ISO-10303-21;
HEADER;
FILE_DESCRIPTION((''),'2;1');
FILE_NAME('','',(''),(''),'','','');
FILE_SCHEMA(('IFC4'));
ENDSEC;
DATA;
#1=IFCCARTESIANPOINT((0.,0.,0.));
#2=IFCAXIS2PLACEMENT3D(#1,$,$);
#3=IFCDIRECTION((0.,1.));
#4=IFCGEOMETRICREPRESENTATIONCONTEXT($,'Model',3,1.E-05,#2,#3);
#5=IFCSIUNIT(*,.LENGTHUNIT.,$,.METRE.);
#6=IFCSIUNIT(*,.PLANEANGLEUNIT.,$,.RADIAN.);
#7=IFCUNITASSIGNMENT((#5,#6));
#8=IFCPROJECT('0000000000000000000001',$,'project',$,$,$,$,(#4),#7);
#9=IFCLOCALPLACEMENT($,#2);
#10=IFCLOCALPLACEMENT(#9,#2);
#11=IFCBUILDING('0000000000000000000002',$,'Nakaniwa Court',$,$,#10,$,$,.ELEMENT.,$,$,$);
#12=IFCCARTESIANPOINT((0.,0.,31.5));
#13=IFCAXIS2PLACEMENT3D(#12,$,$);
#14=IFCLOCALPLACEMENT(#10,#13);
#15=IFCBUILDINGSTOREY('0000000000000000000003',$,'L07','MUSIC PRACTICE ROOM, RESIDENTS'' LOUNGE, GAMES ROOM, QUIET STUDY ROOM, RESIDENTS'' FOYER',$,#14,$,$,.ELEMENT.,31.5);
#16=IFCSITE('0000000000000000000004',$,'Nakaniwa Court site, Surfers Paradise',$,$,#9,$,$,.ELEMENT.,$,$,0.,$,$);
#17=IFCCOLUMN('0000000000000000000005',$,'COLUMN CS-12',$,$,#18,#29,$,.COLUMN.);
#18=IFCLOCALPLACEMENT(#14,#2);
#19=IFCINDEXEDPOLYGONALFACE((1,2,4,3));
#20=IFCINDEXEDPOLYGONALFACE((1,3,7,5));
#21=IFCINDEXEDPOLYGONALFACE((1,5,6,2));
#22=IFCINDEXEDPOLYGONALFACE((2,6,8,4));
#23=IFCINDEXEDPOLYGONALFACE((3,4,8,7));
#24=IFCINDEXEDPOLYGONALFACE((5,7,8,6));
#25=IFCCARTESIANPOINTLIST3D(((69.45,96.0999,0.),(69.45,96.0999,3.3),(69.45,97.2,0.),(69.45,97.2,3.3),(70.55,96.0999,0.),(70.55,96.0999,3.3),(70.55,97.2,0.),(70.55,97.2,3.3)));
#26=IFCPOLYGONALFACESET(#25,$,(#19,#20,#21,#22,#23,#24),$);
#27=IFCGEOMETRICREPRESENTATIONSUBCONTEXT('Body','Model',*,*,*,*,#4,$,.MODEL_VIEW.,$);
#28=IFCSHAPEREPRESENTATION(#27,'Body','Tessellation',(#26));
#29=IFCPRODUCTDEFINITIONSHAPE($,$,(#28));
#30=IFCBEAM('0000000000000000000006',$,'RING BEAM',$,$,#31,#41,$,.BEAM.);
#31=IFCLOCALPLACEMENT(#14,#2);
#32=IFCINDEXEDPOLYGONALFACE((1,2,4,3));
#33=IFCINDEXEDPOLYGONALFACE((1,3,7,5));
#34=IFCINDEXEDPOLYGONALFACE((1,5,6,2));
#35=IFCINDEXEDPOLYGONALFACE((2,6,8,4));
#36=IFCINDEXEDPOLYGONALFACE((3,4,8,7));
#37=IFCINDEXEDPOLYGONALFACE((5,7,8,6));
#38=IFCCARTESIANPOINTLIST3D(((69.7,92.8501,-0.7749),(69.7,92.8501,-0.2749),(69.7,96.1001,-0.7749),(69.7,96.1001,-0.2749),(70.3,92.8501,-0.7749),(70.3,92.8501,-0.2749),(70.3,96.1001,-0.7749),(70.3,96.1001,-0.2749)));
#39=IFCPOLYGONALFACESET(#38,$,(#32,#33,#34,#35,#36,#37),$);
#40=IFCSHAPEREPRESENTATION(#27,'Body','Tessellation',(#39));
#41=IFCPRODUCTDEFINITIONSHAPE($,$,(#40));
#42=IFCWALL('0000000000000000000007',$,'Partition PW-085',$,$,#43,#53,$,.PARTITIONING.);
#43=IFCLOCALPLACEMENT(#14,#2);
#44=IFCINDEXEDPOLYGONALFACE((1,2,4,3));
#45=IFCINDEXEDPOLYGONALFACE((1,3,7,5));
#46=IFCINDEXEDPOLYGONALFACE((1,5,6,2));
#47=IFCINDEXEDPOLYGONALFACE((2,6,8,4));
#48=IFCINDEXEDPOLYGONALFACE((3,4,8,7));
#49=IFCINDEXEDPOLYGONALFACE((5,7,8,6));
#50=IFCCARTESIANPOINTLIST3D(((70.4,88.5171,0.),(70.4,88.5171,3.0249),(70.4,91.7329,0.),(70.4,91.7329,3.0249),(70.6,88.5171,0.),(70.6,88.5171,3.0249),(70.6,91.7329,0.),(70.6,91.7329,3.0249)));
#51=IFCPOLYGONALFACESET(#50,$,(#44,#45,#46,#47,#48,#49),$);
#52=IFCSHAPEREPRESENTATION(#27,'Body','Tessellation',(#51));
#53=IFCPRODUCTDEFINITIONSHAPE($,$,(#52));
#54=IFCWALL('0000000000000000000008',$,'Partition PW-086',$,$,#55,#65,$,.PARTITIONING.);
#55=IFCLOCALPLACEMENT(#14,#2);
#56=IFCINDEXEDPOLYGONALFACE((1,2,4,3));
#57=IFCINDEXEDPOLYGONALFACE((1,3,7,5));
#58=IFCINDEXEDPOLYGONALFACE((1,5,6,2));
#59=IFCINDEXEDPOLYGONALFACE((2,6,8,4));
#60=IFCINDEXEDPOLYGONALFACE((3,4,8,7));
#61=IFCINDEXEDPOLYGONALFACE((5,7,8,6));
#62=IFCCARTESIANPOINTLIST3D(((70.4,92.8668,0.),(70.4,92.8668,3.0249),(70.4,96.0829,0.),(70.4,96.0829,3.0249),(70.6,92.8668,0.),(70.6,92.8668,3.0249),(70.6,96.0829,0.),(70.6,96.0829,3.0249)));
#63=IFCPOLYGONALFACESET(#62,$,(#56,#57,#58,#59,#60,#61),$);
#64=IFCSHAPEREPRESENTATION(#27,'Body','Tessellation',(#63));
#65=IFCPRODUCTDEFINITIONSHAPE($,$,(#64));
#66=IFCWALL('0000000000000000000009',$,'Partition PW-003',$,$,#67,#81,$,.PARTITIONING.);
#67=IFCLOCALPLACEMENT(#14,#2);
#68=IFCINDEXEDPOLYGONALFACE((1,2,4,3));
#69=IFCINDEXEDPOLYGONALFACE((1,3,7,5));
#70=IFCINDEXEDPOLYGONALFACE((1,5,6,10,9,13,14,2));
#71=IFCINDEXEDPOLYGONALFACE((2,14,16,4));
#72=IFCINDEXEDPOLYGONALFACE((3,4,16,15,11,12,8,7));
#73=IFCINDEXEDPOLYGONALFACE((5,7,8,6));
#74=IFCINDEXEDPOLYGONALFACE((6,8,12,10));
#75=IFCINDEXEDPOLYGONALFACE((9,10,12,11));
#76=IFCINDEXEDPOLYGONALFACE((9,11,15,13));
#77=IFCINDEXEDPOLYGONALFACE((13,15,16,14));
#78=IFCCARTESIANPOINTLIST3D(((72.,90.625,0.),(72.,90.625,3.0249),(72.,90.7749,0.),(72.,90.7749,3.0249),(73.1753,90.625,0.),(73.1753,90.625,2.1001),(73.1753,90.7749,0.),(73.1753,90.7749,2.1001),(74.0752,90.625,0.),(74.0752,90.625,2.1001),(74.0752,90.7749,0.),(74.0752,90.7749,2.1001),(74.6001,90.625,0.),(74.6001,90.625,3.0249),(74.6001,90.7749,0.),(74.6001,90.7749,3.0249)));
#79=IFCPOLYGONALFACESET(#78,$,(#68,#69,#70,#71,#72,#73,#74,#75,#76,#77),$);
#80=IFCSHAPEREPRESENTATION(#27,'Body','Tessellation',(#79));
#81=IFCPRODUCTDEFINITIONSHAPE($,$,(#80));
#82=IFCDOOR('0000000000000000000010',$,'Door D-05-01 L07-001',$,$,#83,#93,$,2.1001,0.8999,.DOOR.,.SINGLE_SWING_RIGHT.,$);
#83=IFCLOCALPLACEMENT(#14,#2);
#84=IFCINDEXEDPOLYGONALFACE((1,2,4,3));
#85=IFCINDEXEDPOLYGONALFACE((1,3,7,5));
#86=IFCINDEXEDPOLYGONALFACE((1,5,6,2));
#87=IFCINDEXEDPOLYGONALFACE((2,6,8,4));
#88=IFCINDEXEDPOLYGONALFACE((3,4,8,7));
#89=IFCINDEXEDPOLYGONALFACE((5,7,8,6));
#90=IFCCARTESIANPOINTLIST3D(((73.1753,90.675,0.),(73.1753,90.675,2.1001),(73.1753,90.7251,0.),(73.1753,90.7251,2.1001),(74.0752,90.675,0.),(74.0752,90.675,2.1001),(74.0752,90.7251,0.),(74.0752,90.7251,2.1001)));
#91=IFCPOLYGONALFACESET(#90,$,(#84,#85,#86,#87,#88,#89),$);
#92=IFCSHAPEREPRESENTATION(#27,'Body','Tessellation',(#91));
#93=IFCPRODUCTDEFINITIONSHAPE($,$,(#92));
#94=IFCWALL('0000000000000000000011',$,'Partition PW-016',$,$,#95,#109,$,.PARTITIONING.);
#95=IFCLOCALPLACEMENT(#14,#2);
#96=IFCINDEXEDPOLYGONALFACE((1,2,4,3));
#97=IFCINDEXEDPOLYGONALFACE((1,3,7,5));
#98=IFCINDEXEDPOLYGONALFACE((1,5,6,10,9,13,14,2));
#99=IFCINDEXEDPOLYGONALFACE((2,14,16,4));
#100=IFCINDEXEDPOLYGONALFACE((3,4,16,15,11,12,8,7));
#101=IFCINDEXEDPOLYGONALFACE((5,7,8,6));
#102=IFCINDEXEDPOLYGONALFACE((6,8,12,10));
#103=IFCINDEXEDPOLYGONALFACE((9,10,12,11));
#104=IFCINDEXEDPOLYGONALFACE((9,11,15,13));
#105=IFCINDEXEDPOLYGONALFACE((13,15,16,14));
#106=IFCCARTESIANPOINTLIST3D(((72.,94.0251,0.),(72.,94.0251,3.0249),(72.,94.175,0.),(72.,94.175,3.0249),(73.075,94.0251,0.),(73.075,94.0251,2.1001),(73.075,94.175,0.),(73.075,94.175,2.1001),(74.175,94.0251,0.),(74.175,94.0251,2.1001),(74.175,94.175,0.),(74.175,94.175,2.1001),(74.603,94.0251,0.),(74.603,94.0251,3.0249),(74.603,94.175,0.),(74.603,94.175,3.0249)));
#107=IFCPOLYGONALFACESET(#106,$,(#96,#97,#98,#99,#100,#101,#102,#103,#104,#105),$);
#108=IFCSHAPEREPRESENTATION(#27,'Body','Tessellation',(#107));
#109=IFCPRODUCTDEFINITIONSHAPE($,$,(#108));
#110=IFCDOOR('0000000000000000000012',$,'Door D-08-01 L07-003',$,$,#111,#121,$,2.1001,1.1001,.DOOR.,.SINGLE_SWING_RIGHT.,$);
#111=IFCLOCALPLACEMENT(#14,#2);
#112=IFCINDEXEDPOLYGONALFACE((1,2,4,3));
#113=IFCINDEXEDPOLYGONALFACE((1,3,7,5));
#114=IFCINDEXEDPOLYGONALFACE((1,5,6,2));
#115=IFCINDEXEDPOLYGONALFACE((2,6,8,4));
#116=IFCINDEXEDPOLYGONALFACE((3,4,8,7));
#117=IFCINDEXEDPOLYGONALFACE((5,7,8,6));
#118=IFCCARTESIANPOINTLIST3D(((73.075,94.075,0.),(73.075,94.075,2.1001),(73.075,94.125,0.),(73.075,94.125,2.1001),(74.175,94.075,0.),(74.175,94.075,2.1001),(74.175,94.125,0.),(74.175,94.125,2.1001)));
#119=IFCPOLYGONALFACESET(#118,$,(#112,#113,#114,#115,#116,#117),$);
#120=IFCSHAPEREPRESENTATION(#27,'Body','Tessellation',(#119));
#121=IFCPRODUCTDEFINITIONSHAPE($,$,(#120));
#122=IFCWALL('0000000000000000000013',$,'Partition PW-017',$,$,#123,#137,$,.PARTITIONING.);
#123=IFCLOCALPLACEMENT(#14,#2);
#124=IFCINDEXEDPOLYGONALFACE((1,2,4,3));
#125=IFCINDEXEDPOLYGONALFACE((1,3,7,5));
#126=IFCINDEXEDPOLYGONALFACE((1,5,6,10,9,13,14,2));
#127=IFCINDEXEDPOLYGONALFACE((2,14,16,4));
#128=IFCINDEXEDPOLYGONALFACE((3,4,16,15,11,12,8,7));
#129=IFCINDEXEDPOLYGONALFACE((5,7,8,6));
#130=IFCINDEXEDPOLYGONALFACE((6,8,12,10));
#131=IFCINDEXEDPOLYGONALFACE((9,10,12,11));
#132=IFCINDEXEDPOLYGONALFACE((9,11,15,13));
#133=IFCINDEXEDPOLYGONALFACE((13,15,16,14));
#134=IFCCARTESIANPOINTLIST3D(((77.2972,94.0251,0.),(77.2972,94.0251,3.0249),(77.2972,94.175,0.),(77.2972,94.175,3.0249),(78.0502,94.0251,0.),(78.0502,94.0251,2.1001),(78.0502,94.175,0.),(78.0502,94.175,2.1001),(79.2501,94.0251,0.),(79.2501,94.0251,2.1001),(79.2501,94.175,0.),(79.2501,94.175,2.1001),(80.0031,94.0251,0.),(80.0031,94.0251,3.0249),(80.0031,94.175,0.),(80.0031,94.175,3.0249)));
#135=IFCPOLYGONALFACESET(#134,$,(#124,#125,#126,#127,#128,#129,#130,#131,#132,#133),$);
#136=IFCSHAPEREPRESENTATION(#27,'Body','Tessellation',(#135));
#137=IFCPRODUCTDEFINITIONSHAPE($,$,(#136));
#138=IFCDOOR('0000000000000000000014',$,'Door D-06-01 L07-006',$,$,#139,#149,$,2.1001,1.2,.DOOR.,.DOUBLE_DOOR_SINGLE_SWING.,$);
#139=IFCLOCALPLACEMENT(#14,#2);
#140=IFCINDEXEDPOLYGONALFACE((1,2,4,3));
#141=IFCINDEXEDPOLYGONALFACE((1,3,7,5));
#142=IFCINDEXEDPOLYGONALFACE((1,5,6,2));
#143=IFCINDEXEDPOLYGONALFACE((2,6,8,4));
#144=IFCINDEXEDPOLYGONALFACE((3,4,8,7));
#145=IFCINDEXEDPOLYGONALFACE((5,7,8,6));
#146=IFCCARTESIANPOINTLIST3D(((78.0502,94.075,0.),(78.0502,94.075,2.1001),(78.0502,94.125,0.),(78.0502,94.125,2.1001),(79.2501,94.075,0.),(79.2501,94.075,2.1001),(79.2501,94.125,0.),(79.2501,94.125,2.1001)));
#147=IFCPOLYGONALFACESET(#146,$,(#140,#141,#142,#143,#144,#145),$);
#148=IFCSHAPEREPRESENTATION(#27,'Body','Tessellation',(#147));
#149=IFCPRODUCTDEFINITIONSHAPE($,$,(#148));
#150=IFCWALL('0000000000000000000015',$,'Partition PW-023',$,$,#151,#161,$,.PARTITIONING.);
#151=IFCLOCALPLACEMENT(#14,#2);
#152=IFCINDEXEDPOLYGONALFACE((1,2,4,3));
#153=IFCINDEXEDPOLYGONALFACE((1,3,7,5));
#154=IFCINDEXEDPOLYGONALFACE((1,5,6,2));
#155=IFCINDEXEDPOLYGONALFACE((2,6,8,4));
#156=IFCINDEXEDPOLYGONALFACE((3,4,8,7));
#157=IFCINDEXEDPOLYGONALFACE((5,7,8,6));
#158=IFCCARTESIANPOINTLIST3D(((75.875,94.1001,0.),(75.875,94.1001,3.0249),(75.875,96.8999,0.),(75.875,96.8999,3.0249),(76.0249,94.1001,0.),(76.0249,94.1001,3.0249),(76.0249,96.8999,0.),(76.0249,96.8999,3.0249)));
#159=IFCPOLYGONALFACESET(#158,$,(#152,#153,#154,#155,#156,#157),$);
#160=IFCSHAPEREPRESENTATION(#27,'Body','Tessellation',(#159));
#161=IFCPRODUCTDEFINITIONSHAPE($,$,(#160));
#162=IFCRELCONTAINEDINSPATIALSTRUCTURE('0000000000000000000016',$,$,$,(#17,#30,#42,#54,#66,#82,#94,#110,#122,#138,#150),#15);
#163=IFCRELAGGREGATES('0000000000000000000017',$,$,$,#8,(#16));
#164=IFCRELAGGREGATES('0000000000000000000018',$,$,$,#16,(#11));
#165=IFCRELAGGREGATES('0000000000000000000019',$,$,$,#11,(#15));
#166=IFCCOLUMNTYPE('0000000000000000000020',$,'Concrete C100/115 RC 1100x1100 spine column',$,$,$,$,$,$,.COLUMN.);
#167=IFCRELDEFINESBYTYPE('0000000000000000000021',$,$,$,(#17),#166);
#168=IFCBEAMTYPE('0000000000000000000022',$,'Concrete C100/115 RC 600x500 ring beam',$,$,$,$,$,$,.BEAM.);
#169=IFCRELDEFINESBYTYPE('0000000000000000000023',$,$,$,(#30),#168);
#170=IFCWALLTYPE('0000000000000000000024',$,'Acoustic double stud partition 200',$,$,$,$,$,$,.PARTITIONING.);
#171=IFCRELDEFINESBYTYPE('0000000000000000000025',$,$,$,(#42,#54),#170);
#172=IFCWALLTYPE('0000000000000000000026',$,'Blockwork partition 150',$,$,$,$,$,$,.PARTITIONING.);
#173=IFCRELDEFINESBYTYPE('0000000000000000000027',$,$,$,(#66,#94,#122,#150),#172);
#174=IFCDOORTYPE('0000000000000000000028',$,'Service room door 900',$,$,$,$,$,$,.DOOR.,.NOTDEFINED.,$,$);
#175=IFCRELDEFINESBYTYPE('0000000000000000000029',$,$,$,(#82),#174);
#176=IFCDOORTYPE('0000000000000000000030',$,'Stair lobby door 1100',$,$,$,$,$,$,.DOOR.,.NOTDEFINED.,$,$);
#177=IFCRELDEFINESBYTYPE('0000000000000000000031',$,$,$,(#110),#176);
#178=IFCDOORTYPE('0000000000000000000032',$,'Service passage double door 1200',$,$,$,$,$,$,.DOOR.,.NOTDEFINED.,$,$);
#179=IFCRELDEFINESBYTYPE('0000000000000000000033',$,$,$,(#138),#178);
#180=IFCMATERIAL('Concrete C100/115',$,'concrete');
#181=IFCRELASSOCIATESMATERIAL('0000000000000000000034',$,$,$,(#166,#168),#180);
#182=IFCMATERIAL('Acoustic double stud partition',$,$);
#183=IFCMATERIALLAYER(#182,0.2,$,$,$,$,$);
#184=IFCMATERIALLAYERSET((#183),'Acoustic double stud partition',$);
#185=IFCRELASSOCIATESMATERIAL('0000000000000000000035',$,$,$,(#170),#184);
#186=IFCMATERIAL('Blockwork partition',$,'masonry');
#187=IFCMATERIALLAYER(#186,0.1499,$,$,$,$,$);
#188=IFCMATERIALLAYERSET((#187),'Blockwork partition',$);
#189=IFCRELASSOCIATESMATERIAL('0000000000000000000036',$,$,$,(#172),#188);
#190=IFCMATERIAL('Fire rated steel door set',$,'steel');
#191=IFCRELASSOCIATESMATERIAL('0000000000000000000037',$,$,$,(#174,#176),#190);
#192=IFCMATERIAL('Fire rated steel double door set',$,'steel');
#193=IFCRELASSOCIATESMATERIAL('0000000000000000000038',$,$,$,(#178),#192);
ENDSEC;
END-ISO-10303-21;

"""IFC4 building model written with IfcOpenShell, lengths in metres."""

from ifc_helpers import new_model, si_unit, direction, frame, frame_2d, origin, origin_2d, place, context, subcontext, project, spatial, rectangle, extrude, material, layer, layer_set, material_profile, profile_set, type_object, element, fill, save


model = new_model("IFC4")

# Units and contexts
model_context = context("Model", 3, precision=1e-05, world=origin(), true_north=direction((0.0, 1.0)))
body_context = subcontext(model_context, "Body", "Model", "MODEL_VIEW")
ifc_project = project(units=[si_unit("LENGTHUNIT", "METRE"), si_unit("PLANEANGLEUNIT", "RADIAN")], contexts=[model_context])

# Site, building, storey
site_placement = place(None, origin())
site = spatial("IfcSite", under=ifc_project, at=site_placement, Name="Nakaniwa Court site, Surfers Paradise", CompositionType="ELEMENT", RefElevation=0.0)
building_placement = place(site_placement, origin())
building = spatial("IfcBuilding", under=site, at=building_placement, Name="Nakaniwa Court", CompositionType="ELEMENT")
storey_placement = place(building_placement, frame((0.0, 0.0, 31.5)))
storey = spatial("IfcBuildingStorey", under=building, at=storey_placement, Name="L07", Description="MUSIC PRACTICE ROOM, RESIDENTS' LOUNGE, GAMES ROOM, QUIET STUDY ROOM, RESIDENTS' FOYER", CompositionType="ELEMENT", Elevation=31.5)

# Column
ifc_material_1 = material(Name="Concrete C100/115", Category="concrete")
ifc_material_profile_1 = material_profile(ifc_material_1, rectangle(XDim=1.1001, YDim=1.1001, at=origin_2d()), Name="Concrete C100/115 RC 1100x1100 spine column")
ifc_profile_set_1 = profile_set([ifc_material_profile_1], Name="Concrete C100/115")
column_type = type_object("IfcColumnType", Name="Concrete C100/115 RC 1100x1100 spine column", PredefinedType="COLUMN", material=ifc_profile_set_1)
column_placement = place(storey_placement, frame((70.0, 96.6499, 0.0), z_axis=(0.0, 0.0, 1.0), x_axis=(0.0, -1.0, 0.0)))
element("IfcColumn", 1, at=column_placement, inside=storey, type_object=column_type, Name="COLUMN CS-12", PredefinedType="COLUMN", context=body_context, shape_type="SweptSolid", body=[
    extrude(rectangle(XDim=1.1001, YDim=1.1001, at=origin_2d()), origin(), (0.0, 0.0, 1.0), 3.3),
])

# Beam
ifc_material_profile_2 = material_profile(ifc_material_1, rectangle(XDim=0.6001, YDim=0.5, at=origin_2d()), Name="Concrete C100/115 RC 600x500 ring beam")
ifc_profile_set_2 = profile_set([ifc_material_profile_2], Name="Concrete C100/115")
beam_type = type_object("IfcBeamType", Name="Concrete C100/115 RC 600x500 ring beam", PredefinedType="BEAM", material=ifc_profile_set_2)
beam_placement = place(storey_placement, frame((70.0, 96.1001, -0.5249), z_axis=(0.0, -1.0, 0.0), x_axis=(1.0, 0.0, 0.0)))
element("IfcBeam", 2, at=beam_placement, inside=storey, type_object=beam_type, Name="RING BEAM", PredefinedType="BEAM", context=body_context, shape_type="SweptSolid", body=[
    extrude(rectangle(XDim=0.6001, YDim=0.5, at=origin_2d()), origin(), (0.0, 0.0, 1.0), 3.25),
])

# Walls
ifc_material_2 = material(Name="Acoustic double stud partition")
ifc_layer_1 = layer(ifc_material_2, 0.2)
ifc_layer_set_1 = layer_set([ifc_layer_1], Name="Acoustic double stud partition")
wall_type_1 = type_object("IfcWallType", Name="Acoustic double stud partition 200", PredefinedType="PARTITIONING", material=ifc_layer_set_1)
wall_1_placement = place(storey_placement, frame((70.5, 88.5171, 0.0), z_axis=(0.0, 0.0, 1.0), x_axis=(0.0, 1.0, 0.0)))
element("IfcWall", 3, at=wall_1_placement, inside=storey, type_object=wall_type_1, Name="Partition PW-085", PredefinedType="PARTITIONING", context=body_context, shape_type="SweptSolid", body=[
    extrude(rectangle(XDim=3.2158, YDim=0.2, at=frame_2d((1.6079, 0.0))), origin(), (0.0, 0.0, 1.0), 3.0249),
])
wall_2_placement = place(storey_placement, frame((70.5, 92.8669, 0.0), z_axis=(0.0, 0.0, 1.0), x_axis=(0.0, 1.0, 0.0)))
element("IfcWall", 4, at=wall_2_placement, inside=storey, type_object=wall_type_1, Name="Partition PW-086", PredefinedType="PARTITIONING", context=body_context, shape_type="SweptSolid", body=[
    extrude(rectangle(XDim=3.2161, YDim=0.2, at=frame_2d((1.6079, 0.0))), origin(), (0.0, 0.0, 1.0), 3.0249),
])

# Walls, openings, doors
ifc_material_3 = material(Name="Blockwork partition", Category="masonry")
ifc_layer_2 = layer(ifc_material_3, 0.1499)
ifc_layer_set_2 = layer_set([ifc_layer_2], Name="Blockwork partition")
wall_type_2 = type_object("IfcWallType", Name="Blockwork partition 150", PredefinedType="PARTITIONING", material=ifc_layer_set_2)
wall_3_placement = place(storey_placement, frame((74.6001, 90.7, 0.0), z_axis=(0.0, 0.0, 1.0), x_axis=(-1.0, 0.0, 0.0)))
wall_3 = element("IfcWall", 5, at=wall_3_placement, inside=storey, type_object=wall_type_2, Name="Partition PW-003", PredefinedType="PARTITIONING", context=body_context, shape_type="SweptSolid", body=[
    extrude(rectangle(XDim=2.6001, YDim=0.1499, at=frame_2d((1.3, 0.0))), origin(), (0.0, 0.0, 1.0), 3.0249),
])
opening_1_placement = place(wall_3_placement, frame((0.5249, 0.0, 0.0)))
opening_1 = element("IfcOpeningElement", 6, at=opening_1_placement, cuts=wall_3, PredefinedType="OPENING", context=body_context, shape_type="SweptSolid", body=[
    extrude(rectangle(XDim=0.8999, YDim=2.1001, at=frame_2d((0.45, 1.05))), frame((0.0, 0.085, 0.0), z_axis=(0.0, -1.0, 0.0), x_axis=(1.0, 0.0, 0.0)), (0.0, 0.0, 1.0), 0.1699),
])
ifc_material_4 = material(Name="Fire rated steel door set", Category="steel")
door_type_1 = type_object("IfcDoorType", Name="Service room door 900", OperationType="NOTDEFINED", PredefinedType="DOOR", material=ifc_material_4)
door_1_placement = place(opening_1_placement, origin())
door_1 = element("IfcDoor", 7, at=door_1_placement, inside=storey, type_object=door_type_1, Name="Door D-05-01 L07-001", OperationType="SINGLE_SWING_RIGHT", OverallHeight=2.1001, OverallWidth=0.8999, PredefinedType="DOOR", context=body_context, shape_type="SweptSolid", body=[
    extrude(rectangle(XDim=0.8999, YDim=2.1001, at=frame_2d((0.45, 1.05))), frame((0.0, 0.0249, 0.0), z_axis=(0.0, -1.0, 0.0), x_axis=(1.0, 0.0, 0.0)), (0.0, 0.0, 1.0), 0.05),
])
fill(opening_1, door_1)
wall_4_placement = place(storey_placement, frame((72.0, 94.1001, 0.0), z_axis=(0.0, 0.0, 1.0), x_axis=(1.0, 0.0, 0.0)))
wall_4 = element("IfcWall", 8, at=wall_4_placement, inside=storey, type_object=wall_type_2, Name="Partition PW-016", PredefinedType="PARTITIONING", context=body_context, shape_type="SweptSolid", body=[
    extrude(rectangle(XDim=2.603, YDim=0.1499, at=frame_2d((1.3015, 0.0))), origin(), (0.0, 0.0, 1.0), 3.0249),
])
opening_2_placement = place(wall_4_placement, frame((1.075, 0.0, 0.0)))
opening_2 = element("IfcOpeningElement", 9, at=opening_2_placement, cuts=wall_4, PredefinedType="OPENING", context=body_context, shape_type="SweptSolid", body=[
    extrude(rectangle(XDim=1.1001, YDim=2.1001, at=frame_2d((0.55, 1.05))), frame((0.0, 0.085, 0.0), z_axis=(0.0, -1.0, 0.0), x_axis=(1.0, 0.0, 0.0)), (0.0, 0.0, 1.0), 0.1699),
])
door_type_2 = type_object("IfcDoorType", Name="Stair lobby door 1100", OperationType="NOTDEFINED", PredefinedType="DOOR", material=ifc_material_4)
door_2_placement = place(opening_2_placement, origin())
door_2 = element("IfcDoor", 10, at=door_2_placement, inside=storey, type_object=door_type_2, Name="Door D-08-01 L07-003", OperationType="SINGLE_SWING_RIGHT", OverallHeight=2.1001, OverallWidth=1.1001, PredefinedType="DOOR", context=body_context, shape_type="SweptSolid", body=[
    extrude(rectangle(XDim=1.1001, YDim=2.1001, at=frame_2d((0.55, 1.05))), frame((0.0, 0.0249, 0.0), z_axis=(0.0, -1.0, 0.0), x_axis=(1.0, 0.0, 0.0)), (0.0, 0.0, 1.0), 0.05),
])
fill(opening_2, door_2)
wall_5_placement = place(storey_placement, frame((77.2971, 94.1001, 0.0), z_axis=(0.0, 0.0, 1.0), x_axis=(1.0, 0.0, 0.0)))
wall_5 = element("IfcWall", 11, at=wall_5_placement, inside=storey, type_object=wall_type_2, Name="Partition PW-017", PredefinedType="PARTITIONING", context=body_context, shape_type="SweptSolid", body=[
    extrude(rectangle(XDim=2.7058, YDim=0.1499, at=frame_2d((1.353, 0.0))), origin(), (0.0, 0.0, 1.0), 3.0249),
])
opening_3_placement = place(wall_5_placement, frame((0.7529, 0.0, 0.0)))
opening_3 = element("IfcOpeningElement", 12, at=opening_3_placement, cuts=wall_5, PredefinedType="OPENING", context=body_context, shape_type="SweptSolid", body=[
    extrude(rectangle(XDim=1.2, YDim=2.1001, at=frame_2d((0.6001, 1.05))), frame((0.0, 0.085, 0.0), z_axis=(0.0, -1.0, 0.0), x_axis=(1.0, 0.0, 0.0)), (0.0, 0.0, 1.0), 0.1699),
])
ifc_material_5 = material(Name="Fire rated steel double door set", Category="steel")
door_type_3 = type_object("IfcDoorType", Name="Service passage double door 1200", OperationType="NOTDEFINED", PredefinedType="DOOR", material=ifc_material_5)
door_3_placement = place(opening_3_placement, origin())
door_3 = element("IfcDoor", 13, at=door_3_placement, inside=storey, type_object=door_type_3, Name="Door D-06-01 L07-006", OperationType="DOUBLE_DOOR_SINGLE_SWING", OverallHeight=2.1001, OverallWidth=1.2, PredefinedType="DOOR", context=body_context, shape_type="SweptSolid", body=[
    extrude(rectangle(XDim=1.2, YDim=2.1001, at=frame_2d((0.6001, 1.05))), frame((0.0, 0.0249, 0.0), z_axis=(0.0, -1.0, 0.0), x_axis=(1.0, 0.0, 0.0)), (0.0, 0.0, 1.0), 0.05),
])
fill(opening_3, door_3)

# Wall
wall_6_placement = place(storey_placement, frame((75.95, 94.1001, 0.0), z_axis=(0.0, 0.0, 1.0), x_axis=(0.0, 1.0, 0.0)))
element("IfcWall", 14, at=wall_6_placement, inside=storey, type_object=wall_type_2, Name="Partition PW-023", PredefinedType="PARTITIONING", context=body_context, shape_type="SweptSolid", body=[
    extrude(rectangle(XDim=2.7998, YDim=0.1499, at=frame_2d((1.3999, 0.0))), origin(), (0.0, 0.0, 1.0), 3.0249),
])

save(model, "model.ifc")
